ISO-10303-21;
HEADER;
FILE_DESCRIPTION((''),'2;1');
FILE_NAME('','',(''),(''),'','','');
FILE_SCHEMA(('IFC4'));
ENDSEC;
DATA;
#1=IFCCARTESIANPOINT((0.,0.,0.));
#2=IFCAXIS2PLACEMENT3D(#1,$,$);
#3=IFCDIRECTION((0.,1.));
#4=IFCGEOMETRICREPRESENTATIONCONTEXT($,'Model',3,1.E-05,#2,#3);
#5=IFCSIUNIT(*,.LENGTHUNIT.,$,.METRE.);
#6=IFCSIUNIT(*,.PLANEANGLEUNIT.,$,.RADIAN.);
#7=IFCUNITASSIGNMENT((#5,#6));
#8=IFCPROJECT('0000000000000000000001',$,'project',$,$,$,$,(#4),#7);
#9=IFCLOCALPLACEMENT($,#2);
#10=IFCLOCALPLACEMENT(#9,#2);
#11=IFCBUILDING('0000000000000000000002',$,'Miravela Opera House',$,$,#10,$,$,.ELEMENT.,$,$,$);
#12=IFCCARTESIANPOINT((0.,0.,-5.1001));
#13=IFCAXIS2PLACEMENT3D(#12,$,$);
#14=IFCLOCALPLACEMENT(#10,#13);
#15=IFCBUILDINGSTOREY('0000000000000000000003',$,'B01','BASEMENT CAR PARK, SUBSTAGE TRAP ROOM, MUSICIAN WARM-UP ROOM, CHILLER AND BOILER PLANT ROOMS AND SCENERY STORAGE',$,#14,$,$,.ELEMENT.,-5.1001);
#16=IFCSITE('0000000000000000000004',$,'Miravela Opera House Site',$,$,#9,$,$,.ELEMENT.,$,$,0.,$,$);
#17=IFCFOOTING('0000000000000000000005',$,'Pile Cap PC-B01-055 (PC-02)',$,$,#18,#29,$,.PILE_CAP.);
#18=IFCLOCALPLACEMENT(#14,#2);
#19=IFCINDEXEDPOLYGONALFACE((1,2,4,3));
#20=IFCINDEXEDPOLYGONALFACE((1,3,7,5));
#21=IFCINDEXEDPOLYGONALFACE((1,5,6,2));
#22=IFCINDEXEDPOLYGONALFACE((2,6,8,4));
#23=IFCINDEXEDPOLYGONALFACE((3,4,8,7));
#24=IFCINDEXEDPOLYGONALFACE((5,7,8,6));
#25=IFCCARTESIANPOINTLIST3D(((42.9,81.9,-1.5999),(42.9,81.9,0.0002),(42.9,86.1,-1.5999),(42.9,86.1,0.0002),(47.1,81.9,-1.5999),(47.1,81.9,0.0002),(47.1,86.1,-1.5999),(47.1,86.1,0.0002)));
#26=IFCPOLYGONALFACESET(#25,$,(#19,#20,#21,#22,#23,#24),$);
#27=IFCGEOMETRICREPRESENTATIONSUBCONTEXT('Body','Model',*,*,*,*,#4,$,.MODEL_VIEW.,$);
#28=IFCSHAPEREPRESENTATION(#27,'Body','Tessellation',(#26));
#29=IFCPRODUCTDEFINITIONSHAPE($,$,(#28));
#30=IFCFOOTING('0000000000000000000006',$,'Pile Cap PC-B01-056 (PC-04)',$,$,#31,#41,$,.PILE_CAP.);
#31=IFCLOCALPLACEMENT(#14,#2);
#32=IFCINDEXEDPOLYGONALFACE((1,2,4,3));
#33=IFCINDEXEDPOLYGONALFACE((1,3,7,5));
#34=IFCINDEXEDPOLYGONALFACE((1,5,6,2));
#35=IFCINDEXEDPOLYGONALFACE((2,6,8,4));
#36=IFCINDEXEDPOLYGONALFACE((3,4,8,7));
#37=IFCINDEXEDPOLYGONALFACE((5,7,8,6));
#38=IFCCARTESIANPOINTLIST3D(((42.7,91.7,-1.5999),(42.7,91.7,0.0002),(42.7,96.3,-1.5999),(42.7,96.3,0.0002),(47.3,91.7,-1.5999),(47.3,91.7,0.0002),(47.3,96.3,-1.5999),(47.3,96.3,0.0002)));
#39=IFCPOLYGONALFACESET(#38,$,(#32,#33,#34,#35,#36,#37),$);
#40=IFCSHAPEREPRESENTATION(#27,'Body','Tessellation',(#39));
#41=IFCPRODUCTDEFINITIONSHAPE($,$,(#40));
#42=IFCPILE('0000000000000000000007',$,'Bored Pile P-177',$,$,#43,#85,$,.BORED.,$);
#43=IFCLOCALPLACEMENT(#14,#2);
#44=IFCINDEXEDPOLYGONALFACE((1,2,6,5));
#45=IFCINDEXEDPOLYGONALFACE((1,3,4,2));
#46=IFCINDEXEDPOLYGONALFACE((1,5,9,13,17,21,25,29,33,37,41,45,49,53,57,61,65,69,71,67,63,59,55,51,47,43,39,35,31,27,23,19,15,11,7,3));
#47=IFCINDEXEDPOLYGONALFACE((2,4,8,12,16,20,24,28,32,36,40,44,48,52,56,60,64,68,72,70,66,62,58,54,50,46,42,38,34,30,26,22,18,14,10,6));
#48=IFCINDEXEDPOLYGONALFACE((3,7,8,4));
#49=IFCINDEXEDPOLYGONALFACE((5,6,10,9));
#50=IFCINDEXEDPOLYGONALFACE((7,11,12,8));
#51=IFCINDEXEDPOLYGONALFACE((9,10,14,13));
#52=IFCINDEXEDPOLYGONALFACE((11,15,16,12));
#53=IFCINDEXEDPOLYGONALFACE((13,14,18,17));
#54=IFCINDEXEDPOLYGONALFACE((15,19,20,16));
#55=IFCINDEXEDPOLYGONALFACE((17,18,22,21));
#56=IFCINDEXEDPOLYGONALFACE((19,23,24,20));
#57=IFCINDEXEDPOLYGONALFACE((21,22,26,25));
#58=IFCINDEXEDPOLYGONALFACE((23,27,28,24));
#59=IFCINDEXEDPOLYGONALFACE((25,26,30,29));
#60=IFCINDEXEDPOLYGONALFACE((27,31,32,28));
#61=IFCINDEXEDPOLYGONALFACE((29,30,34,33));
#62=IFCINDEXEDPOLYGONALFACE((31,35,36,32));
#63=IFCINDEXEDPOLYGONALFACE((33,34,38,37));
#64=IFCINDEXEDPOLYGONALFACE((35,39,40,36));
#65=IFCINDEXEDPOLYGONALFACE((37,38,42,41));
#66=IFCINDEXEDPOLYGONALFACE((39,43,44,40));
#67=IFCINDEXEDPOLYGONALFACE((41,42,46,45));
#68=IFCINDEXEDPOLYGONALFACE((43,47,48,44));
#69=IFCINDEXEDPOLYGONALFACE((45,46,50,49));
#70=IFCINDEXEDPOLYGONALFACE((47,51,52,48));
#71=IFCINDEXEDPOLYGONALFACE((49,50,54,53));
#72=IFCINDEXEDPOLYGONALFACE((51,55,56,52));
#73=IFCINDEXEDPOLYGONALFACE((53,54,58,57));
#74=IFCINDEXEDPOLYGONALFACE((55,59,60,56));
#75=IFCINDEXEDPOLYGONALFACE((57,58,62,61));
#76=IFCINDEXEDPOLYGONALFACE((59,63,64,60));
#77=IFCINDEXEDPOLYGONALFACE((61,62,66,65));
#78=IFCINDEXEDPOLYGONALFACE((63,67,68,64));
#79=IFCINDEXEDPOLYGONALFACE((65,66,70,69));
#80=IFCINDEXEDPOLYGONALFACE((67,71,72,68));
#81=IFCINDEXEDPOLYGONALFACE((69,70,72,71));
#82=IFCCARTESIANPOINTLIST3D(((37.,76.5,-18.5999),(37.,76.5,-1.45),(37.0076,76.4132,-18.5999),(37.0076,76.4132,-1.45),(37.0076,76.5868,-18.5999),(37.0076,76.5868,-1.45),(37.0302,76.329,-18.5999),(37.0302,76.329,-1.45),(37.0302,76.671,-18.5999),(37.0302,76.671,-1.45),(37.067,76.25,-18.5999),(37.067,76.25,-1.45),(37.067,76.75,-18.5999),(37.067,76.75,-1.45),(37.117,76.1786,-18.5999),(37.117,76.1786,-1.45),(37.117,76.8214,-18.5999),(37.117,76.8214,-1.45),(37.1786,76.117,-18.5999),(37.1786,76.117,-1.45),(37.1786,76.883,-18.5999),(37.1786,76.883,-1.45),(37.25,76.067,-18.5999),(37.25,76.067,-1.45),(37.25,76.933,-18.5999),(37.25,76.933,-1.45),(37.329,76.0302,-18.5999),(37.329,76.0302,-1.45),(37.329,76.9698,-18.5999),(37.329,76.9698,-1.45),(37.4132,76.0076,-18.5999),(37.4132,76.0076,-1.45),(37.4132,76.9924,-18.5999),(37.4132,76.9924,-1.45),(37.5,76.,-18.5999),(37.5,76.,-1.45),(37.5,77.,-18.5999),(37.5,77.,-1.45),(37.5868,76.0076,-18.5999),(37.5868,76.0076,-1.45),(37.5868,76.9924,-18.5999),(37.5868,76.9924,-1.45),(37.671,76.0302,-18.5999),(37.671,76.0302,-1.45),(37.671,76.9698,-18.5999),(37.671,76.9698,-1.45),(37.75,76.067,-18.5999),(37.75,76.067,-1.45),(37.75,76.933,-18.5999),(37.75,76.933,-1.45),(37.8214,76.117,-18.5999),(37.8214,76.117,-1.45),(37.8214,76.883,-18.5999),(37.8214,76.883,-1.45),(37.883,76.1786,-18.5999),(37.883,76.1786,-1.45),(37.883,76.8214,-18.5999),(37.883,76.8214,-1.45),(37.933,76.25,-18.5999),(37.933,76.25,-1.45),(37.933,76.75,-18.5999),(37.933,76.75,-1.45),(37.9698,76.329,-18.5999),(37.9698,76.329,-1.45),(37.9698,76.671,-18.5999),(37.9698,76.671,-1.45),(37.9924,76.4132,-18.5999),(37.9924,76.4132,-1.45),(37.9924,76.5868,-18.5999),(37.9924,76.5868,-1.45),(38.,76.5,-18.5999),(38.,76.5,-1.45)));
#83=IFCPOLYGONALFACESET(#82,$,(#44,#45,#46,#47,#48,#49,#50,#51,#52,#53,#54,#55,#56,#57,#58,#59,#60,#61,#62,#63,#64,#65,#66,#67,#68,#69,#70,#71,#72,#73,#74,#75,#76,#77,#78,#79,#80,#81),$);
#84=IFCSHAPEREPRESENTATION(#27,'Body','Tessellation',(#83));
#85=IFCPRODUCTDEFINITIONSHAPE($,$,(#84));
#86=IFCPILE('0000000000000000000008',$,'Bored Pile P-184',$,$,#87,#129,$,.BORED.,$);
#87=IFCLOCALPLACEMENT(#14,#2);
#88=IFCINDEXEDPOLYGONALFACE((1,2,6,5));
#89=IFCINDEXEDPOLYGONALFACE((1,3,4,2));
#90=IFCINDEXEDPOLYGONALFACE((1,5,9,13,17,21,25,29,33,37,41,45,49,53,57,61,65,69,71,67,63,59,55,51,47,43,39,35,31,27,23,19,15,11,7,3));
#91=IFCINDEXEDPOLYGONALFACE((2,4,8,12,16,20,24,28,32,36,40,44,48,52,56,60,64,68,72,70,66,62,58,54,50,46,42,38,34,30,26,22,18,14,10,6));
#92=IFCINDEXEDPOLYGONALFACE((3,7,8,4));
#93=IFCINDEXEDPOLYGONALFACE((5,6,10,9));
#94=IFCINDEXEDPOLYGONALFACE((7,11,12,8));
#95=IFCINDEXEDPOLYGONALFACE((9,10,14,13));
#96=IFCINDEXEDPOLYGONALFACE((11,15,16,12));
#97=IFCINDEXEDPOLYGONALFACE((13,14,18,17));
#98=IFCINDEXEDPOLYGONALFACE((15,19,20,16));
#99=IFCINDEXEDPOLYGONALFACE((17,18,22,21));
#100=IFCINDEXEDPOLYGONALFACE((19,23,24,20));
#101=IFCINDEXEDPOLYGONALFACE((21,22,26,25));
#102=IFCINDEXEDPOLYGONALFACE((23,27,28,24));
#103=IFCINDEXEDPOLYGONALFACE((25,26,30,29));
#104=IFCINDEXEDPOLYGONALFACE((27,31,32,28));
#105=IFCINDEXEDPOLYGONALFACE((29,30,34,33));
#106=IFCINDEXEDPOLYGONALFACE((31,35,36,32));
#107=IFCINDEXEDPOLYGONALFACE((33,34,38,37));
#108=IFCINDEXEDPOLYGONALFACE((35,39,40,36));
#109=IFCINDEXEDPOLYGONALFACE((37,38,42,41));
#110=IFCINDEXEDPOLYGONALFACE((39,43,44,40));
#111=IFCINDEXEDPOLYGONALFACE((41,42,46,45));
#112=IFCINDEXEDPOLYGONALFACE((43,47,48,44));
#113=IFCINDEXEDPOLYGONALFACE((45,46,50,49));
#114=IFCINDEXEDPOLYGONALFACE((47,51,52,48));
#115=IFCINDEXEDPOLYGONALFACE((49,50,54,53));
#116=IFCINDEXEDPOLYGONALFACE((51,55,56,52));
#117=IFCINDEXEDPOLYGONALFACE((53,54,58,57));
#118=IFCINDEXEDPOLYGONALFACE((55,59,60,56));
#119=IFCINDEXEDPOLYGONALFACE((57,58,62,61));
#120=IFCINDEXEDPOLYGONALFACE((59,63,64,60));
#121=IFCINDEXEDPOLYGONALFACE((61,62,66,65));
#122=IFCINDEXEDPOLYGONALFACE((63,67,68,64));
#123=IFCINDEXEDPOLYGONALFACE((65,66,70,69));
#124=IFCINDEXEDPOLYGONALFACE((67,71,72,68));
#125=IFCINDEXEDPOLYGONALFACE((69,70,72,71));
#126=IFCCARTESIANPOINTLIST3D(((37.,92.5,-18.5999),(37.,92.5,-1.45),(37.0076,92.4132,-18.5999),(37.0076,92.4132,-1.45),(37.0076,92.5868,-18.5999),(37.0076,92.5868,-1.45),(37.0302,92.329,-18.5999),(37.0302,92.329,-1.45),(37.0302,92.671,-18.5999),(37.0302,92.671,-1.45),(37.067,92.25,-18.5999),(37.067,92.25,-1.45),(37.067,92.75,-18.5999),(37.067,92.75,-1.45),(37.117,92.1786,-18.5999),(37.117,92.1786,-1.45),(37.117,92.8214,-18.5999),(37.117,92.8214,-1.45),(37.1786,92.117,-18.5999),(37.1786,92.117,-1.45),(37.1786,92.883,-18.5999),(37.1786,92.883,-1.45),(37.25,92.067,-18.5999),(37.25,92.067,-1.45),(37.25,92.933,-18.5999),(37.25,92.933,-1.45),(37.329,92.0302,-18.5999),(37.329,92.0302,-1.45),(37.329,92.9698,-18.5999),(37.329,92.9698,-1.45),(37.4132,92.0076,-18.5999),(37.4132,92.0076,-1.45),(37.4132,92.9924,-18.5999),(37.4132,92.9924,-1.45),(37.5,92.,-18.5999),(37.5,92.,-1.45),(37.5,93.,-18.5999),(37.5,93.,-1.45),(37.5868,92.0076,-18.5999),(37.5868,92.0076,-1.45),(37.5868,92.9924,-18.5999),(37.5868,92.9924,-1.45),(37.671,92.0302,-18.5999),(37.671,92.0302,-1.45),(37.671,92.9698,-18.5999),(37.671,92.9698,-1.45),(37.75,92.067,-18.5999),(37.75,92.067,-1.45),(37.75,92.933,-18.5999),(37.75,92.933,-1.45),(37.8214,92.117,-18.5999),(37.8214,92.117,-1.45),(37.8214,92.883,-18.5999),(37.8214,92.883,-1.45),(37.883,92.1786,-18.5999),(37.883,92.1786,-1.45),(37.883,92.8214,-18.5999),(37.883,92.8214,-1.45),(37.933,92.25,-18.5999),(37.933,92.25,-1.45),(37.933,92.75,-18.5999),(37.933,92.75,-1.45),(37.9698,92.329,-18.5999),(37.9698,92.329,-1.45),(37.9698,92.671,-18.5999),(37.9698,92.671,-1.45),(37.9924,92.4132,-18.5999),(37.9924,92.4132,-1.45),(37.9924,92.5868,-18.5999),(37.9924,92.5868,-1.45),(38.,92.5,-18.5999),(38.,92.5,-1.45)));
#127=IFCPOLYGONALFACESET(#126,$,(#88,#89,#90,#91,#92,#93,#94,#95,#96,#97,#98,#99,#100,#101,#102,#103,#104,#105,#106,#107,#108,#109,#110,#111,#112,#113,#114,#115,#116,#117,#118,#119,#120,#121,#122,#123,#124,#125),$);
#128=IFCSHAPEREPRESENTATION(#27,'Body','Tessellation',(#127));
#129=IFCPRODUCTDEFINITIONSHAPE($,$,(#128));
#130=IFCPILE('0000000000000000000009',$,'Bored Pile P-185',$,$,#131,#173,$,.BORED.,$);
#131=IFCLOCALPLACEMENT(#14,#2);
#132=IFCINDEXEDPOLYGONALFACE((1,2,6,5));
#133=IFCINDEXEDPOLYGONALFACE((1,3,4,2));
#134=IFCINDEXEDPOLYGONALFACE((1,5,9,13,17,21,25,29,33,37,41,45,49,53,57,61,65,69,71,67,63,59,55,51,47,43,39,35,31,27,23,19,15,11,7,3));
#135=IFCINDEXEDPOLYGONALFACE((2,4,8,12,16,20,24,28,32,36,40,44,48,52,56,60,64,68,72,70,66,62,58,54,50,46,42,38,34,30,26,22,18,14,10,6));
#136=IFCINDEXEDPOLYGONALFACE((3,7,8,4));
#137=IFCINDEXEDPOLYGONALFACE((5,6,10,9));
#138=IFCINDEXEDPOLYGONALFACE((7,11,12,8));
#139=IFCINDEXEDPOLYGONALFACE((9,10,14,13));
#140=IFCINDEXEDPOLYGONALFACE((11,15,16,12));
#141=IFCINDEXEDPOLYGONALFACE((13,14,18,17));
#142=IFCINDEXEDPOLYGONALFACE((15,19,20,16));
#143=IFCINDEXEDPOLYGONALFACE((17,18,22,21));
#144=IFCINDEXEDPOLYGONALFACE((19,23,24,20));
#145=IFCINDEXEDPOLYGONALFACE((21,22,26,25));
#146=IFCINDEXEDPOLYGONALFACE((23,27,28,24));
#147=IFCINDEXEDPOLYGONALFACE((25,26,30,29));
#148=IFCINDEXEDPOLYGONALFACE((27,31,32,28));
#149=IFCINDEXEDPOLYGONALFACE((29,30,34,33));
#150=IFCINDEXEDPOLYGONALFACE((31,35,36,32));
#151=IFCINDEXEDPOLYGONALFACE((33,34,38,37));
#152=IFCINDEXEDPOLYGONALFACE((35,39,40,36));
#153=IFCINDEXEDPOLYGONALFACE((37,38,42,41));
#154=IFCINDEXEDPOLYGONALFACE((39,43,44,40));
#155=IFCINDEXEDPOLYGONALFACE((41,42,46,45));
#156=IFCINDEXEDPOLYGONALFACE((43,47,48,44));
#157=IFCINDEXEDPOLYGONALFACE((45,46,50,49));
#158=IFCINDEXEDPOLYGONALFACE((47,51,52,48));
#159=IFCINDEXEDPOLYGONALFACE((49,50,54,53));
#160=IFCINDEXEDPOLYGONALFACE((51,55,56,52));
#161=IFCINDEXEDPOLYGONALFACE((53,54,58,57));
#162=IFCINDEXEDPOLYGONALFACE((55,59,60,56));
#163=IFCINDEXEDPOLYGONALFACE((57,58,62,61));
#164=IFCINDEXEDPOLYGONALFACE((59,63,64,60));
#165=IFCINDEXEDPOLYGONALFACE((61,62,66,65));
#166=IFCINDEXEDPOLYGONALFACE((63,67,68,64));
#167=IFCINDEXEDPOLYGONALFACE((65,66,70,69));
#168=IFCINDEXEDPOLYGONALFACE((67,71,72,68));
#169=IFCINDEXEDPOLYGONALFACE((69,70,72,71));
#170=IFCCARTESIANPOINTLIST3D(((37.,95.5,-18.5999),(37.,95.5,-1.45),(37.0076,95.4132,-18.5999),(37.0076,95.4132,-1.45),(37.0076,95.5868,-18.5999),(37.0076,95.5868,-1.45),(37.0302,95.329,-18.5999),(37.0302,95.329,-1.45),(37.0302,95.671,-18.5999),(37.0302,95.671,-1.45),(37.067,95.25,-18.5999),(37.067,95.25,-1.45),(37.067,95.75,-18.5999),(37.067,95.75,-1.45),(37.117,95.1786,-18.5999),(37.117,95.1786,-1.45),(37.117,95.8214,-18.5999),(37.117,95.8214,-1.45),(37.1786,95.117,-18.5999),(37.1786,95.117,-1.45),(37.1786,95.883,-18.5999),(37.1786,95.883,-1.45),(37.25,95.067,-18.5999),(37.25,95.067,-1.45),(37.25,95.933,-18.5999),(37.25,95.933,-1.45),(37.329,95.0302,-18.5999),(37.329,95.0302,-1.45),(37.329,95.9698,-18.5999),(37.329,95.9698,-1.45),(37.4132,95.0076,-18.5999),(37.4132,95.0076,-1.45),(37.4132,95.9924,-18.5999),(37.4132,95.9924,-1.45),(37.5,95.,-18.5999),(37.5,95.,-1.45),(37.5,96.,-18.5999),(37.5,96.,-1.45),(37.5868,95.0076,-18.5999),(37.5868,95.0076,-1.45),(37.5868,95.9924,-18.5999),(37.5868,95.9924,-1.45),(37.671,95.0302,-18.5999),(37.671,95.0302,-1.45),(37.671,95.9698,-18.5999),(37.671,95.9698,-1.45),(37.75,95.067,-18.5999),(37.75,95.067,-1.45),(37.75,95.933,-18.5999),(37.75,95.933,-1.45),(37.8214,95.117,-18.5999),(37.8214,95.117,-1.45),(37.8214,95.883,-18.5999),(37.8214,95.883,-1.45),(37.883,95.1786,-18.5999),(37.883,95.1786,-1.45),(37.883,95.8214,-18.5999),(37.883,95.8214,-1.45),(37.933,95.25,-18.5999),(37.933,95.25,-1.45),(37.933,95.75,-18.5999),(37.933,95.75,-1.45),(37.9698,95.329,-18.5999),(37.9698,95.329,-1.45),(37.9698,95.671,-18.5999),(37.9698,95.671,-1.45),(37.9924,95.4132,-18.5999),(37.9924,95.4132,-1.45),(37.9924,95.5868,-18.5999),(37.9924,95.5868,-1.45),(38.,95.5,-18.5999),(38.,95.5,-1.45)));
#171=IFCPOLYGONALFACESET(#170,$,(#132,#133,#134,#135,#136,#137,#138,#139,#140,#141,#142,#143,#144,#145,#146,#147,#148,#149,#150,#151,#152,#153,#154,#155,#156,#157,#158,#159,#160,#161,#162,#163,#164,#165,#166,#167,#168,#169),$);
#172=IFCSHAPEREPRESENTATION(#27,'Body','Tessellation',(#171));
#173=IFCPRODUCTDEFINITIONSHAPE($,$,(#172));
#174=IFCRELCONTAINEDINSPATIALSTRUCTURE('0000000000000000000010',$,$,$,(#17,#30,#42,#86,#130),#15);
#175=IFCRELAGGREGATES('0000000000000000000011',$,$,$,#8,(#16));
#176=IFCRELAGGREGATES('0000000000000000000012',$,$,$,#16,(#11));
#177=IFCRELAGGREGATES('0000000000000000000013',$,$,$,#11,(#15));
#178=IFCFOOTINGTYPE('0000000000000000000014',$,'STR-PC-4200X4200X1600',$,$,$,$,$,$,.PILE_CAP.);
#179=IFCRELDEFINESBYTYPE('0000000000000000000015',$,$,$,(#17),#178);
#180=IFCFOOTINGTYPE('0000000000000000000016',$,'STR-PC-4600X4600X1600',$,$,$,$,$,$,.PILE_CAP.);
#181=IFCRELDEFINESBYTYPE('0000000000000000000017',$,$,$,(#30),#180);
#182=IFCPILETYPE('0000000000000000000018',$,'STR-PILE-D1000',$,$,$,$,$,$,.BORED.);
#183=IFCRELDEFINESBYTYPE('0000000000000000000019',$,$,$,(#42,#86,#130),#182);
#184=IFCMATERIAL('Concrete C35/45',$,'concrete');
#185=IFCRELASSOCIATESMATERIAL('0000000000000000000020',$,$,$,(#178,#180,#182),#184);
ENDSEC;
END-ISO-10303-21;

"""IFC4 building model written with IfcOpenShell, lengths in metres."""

from ifc_helpers import new_model, si_unit, direction, frame, origin, origin_2d, place, context, subcontext, project, spatial, rectangle, circle, extrude, material, material_profile, profile_set, type_object, element, save


model = new_model("IFC4")

# Units and contexts
model_context = context("Model", 3, precision=1e-05, world=origin(), true_north=direction((0.0, 1.0)))
body_context = subcontext(model_context, "Body", "Model", "MODEL_VIEW")
ifc_project = project(units=[si_unit("LENGTHUNIT", "METRE"), si_unit("PLANEANGLEUNIT", "RADIAN")], contexts=[model_context])

# Site, building, storey
site_placement = place(None, origin())
site = spatial("IfcSite", under=ifc_project, at=site_placement, Name="Miravela Opera House Site", CompositionType="ELEMENT", RefElevation=0.0)
building_placement = place(site_placement, origin())
building = spatial("IfcBuilding", under=site, at=building_placement, Name="Miravela Opera House", CompositionType="ELEMENT")
storey_placement = place(building_placement, frame((0.0, 0.0, -5.1001)))
storey = spatial("IfcBuildingStorey", under=building, at=storey_placement, Name="B01", Description="BASEMENT CAR PARK, SUBSTAGE TRAP ROOM, MUSICIAN WARM-UP ROOM, CHILLER AND BOILER PLANT ROOMS AND SCENERY STORAGE", CompositionType="ELEMENT", Elevation=-5.1001)

# Footings
ifc_material_1 = material(Name="Concrete C35/45", Category="concrete")
footing_type_1 = type_object("IfcFootingType", Name="STR-PC-4200X4200X1600", PredefinedType="PILE_CAP", material=ifc_material_1)
footing_1_placement = place(storey_placement, frame((45.0, 84.0, -1.5999), z_axis=(0.0, 0.0, 1.0), x_axis=(1.0, 0.0, 0.0)))
element("IfcFooting", 1, at=footing_1_placement, inside=storey, type_object=footing_type_1, Name="Pile Cap PC-B01-055 (PC-02)", PredefinedType="PILE_CAP", context=body_context, shape_type="SweptSolid", body=[
    extrude(rectangle(XDim=4.2, YDim=4.2, at=origin_2d()), origin(), (0.0, 0.0, 1.0), 1.6001),
])
footing_type_2 = type_object("IfcFootingType", Name="STR-PC-4600X4600X1600", PredefinedType="PILE_CAP", material=ifc_material_1)
footing_2_placement = place(storey_placement, frame((45.0, 94.0, -1.5999), z_axis=(0.0, 0.0, 1.0), x_axis=(1.0, 0.0, 0.0)))
element("IfcFooting", 2, at=footing_2_placement, inside=storey, type_object=footing_type_2, Name="Pile Cap PC-B01-056 (PC-04)", PredefinedType="PILE_CAP", context=body_context, shape_type="SweptSolid", body=[
    extrude(rectangle(XDim=4.6001, YDim=4.6001, at=origin_2d()), origin(), (0.0, 0.0, 1.0), 1.6001),
])

# Piles
ifc_material_profile_1 = material_profile(ifc_material_1, circle(Radius=0.5, at=origin_2d()), Name="PILE-D1000")
ifc_profile_set_1 = profile_set([ifc_material_profile_1])
pile_type_1 = type_object("IfcPileType", Name="STR-PILE-D1000", PredefinedType="BORED", material=ifc_profile_set_1)
for number, where, z_axis, x_axis, name in (
    (3, (37.5, 76.5, -1.45), (0.0, 0.0, -1.0), (1.0, 0.0, 0.0), "Bored Pile P-177"),
    (4, (37.5, 92.5, -1.45), (0.0, 0.0, -1.0), (1.0, 0.0, 0.0), "Bored Pile P-184"),
    (5, (37.5, 95.5, -1.45), (0.0, 0.0, -1.0), (1.0, 0.0, 0.0), "Bored Pile P-185"),
):
    element("IfcPile", number, at=place(storey_placement, frame(where, z_axis=z_axis, x_axis=x_axis)), inside=storey, type_object=pile_type_1, Name=name, PredefinedType="BORED", context=body_context, shape_type="SweptSolid", body=[
        extrude(circle(Radius=0.5, at=origin_2d()), origin(), (0.0, 0.0, 1.0), 17.1499),
    ])

save(model, "model.ifc")
